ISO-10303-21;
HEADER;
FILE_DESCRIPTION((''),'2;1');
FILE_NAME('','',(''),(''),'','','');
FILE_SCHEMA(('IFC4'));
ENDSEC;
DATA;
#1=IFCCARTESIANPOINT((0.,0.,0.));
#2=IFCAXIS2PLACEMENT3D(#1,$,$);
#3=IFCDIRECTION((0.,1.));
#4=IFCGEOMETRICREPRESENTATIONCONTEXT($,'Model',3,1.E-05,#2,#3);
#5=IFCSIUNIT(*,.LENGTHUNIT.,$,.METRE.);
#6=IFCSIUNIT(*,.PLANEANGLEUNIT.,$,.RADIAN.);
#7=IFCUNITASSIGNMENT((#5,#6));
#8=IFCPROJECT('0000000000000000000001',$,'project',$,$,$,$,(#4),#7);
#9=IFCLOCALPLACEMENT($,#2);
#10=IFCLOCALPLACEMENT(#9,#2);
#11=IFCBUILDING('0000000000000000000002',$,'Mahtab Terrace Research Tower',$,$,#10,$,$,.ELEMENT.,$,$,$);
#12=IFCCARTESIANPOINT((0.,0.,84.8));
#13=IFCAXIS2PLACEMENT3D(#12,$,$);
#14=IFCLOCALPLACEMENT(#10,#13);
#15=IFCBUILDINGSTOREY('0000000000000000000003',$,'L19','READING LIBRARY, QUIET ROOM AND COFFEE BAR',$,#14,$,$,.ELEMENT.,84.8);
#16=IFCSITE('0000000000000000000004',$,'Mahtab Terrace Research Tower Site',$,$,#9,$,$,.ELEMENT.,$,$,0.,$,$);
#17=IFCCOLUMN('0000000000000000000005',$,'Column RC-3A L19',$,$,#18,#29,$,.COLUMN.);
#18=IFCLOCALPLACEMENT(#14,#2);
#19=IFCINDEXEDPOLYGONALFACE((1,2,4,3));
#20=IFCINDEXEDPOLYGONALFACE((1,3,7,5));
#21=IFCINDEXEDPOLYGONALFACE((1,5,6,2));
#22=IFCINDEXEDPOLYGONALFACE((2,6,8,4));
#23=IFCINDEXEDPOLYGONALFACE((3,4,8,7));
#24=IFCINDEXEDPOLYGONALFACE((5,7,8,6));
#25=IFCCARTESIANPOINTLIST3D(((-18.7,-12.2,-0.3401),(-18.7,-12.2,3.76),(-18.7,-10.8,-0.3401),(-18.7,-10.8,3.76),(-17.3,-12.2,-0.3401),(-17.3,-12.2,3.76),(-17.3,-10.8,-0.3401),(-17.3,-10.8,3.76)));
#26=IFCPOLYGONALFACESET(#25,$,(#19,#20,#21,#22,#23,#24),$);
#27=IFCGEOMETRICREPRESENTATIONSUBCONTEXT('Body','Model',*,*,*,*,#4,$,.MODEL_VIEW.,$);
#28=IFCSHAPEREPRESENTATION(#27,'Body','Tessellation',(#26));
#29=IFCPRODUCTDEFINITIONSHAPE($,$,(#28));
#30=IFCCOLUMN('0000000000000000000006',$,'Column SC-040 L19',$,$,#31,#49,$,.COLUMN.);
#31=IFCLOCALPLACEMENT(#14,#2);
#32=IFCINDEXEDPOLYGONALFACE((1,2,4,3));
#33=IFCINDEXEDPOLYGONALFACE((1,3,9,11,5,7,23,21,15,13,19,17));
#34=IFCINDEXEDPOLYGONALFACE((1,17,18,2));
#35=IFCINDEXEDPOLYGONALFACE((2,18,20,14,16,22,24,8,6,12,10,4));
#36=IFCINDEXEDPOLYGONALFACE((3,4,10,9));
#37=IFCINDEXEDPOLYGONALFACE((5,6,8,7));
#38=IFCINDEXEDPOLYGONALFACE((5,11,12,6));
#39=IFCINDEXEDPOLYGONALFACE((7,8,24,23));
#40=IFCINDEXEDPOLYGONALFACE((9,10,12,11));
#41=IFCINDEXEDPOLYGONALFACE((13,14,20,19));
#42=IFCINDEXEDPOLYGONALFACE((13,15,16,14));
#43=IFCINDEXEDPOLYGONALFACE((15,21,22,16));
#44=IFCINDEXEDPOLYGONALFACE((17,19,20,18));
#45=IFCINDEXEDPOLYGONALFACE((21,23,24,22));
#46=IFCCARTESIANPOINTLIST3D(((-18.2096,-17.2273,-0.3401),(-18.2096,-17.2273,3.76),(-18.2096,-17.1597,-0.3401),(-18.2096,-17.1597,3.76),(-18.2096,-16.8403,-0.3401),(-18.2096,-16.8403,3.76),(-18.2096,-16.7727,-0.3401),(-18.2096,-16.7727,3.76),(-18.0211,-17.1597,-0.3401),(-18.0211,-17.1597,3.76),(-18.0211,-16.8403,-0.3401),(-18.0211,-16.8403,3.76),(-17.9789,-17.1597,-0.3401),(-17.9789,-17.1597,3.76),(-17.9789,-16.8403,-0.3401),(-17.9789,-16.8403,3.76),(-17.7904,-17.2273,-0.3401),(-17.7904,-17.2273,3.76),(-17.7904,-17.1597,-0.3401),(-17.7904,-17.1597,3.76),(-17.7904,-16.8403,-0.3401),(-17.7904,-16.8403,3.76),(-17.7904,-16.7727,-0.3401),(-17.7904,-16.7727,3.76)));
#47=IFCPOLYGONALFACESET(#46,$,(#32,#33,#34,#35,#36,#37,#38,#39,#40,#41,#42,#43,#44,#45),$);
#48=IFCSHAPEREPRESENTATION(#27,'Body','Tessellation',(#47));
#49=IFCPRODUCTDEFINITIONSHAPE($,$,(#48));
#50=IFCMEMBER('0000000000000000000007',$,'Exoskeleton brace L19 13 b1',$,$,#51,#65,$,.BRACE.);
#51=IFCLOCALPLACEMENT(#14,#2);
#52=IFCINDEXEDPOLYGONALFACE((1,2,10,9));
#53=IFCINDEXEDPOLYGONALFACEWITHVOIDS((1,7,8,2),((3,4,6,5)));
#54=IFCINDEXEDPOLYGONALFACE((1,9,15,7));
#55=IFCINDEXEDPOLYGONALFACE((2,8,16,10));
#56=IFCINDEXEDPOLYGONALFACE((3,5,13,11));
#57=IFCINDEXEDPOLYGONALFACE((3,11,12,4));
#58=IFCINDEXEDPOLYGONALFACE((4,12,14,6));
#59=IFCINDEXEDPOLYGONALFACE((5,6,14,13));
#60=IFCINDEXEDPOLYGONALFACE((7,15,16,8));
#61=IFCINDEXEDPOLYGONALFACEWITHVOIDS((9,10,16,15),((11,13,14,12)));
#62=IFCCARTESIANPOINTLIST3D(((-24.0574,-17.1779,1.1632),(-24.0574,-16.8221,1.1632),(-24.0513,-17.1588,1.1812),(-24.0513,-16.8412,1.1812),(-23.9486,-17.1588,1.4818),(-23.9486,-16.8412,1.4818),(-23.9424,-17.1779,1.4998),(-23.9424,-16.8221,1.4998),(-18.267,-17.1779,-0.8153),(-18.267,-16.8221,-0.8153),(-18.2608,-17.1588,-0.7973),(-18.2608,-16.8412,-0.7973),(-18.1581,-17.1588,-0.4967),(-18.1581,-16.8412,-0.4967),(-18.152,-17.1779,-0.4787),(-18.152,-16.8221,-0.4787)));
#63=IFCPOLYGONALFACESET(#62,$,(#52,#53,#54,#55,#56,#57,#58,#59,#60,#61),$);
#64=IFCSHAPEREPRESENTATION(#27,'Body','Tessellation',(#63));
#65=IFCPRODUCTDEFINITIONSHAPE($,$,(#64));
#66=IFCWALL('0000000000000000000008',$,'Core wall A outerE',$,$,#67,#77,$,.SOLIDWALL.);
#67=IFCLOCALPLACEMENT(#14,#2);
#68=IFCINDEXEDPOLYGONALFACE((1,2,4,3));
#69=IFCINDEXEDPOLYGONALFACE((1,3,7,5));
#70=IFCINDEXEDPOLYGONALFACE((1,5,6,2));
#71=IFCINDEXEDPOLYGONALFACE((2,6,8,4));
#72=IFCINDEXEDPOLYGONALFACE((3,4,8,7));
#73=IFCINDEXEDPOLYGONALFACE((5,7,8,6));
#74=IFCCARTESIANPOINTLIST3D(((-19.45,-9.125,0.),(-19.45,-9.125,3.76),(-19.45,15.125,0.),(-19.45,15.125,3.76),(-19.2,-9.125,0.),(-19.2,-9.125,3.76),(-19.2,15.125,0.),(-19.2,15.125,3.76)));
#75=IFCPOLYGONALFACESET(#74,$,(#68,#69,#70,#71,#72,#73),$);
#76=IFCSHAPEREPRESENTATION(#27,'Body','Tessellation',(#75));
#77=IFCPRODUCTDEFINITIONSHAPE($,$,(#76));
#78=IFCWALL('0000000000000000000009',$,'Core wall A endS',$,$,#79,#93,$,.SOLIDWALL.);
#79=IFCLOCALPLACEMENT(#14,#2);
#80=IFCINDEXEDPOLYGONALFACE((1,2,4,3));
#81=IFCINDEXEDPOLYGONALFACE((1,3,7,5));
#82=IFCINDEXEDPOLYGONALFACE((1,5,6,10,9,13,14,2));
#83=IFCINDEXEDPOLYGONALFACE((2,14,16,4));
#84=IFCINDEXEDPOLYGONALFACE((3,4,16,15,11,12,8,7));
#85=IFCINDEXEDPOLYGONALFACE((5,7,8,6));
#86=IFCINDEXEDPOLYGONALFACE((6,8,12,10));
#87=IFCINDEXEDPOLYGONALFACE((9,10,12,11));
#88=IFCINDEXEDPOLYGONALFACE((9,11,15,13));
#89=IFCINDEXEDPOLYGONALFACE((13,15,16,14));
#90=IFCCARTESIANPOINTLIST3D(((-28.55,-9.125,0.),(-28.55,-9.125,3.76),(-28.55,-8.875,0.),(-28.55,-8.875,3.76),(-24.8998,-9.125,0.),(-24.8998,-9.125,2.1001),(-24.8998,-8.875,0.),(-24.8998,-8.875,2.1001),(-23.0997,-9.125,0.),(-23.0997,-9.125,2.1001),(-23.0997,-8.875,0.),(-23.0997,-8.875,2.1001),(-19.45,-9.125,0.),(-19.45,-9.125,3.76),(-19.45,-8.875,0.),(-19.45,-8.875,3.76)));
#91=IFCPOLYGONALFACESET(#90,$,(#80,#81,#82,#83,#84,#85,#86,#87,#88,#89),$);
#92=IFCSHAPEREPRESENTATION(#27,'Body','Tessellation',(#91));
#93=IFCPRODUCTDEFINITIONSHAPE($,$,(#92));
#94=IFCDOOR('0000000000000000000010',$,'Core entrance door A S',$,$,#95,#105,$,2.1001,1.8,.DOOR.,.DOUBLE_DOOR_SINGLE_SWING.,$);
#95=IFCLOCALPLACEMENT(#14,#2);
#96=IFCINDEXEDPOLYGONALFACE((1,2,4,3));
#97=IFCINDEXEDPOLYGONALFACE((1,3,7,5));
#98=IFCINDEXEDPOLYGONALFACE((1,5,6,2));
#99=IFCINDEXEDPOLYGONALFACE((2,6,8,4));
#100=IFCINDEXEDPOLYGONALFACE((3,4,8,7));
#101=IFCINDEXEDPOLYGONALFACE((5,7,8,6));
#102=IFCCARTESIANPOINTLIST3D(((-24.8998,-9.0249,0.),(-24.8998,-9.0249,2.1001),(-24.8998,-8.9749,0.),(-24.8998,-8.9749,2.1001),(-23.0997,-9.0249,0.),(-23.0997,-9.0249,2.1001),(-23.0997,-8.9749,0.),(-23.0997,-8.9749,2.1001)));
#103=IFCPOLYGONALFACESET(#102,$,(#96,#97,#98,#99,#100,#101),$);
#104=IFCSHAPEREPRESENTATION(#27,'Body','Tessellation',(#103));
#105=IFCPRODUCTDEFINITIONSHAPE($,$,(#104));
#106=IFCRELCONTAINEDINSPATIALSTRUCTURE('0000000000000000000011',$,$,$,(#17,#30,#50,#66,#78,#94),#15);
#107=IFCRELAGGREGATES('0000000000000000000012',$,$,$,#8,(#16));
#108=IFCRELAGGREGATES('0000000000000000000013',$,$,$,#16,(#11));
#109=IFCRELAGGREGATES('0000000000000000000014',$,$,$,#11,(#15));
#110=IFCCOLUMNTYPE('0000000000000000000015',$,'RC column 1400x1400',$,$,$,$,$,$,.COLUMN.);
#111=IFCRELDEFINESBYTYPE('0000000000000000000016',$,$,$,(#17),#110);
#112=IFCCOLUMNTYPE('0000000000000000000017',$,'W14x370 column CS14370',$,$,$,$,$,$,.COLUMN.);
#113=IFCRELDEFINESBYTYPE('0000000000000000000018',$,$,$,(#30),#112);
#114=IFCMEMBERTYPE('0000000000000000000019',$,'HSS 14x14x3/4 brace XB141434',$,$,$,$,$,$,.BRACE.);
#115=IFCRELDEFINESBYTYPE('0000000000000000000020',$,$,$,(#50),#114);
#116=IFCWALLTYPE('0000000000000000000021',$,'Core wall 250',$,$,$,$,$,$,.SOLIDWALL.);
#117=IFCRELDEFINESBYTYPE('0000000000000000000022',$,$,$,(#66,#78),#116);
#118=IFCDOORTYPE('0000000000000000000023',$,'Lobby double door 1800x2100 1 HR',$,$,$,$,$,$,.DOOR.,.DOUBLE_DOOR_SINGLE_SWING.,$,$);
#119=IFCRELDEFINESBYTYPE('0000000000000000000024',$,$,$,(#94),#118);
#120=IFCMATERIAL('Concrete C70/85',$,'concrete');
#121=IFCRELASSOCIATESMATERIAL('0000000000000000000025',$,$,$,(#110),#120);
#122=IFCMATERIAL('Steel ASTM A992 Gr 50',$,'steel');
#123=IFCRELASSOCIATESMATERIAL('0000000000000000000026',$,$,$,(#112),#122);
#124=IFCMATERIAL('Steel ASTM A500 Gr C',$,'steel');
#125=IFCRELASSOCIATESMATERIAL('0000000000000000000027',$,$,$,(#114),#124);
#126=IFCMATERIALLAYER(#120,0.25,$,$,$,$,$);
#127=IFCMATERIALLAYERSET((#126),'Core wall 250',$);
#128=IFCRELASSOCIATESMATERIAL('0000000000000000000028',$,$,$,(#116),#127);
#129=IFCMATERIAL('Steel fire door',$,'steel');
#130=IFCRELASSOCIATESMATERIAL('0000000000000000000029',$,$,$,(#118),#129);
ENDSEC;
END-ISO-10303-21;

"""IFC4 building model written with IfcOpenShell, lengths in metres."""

from ifc_helpers import new_model, si_unit, direction, frame, frame_2d, origin, origin_2d, place, context, subcontext, project, spatial, rectangle, hollow_rectangle, i_section, extrude, material, layer, layer_set, material_profile, profile_set, type_object, element, fill, save


model = new_model("IFC4")

# Units and contexts
model_context = context("Model", 3, precision=1e-05, world=origin(), true_north=direction((0.0, 1.0)))
body_context = subcontext(model_context, "Body", "Model", "MODEL_VIEW")
ifc_project = project(units=[si_unit("LENGTHUNIT", "METRE"), si_unit("PLANEANGLEUNIT", "RADIAN")], contexts=[model_context])

# Site, building, storey
site_placement = place(None, origin())
site = spatial("IfcSite", under=ifc_project, at=site_placement, Name="Mahtab Terrace Research Tower Site", CompositionType="ELEMENT", RefElevation=0.0)
building_placement = place(site_placement, origin())
building = spatial("IfcBuilding", under=site, at=building_placement, Name="Mahtab Terrace Research Tower", CompositionType="ELEMENT")
storey_placement = place(building_placement, frame((0.0, 0.0, 84.8)))
storey = spatial("IfcBuildingStorey", under=building, at=storey_placement, Name="L19", Description="READING LIBRARY, QUIET ROOM AND COFFEE BAR", CompositionType="ELEMENT", Elevation=84.8)

# Columns
ifc_material_1 = material(Name="Concrete C70/85", Category="concrete")
ifc_material_profile_1 = material_profile(ifc_material_1, rectangle(XDim=1.3999, YDim=1.3999, at=origin_2d()), Name="RC column 1400x1400")
ifc_profile_set_1 = profile_set([ifc_material_profile_1], Name="Concrete C70/85")
column_type_1 = type_object("IfcColumnType", Name="RC column 1400x1400", PredefinedType="COLUMN", material=ifc_profile_set_1)
column_1_placement = place(storey_placement, frame((-18.0, -11.5, -0.3401), z_axis=(0.0, 0.0, 1.0), x_axis=(1.0, 0.0, 0.0)))
element("IfcColumn", 1, at=column_1_placement, inside=storey, type_object=column_type_1, Name="Column RC-3A L19", PredefinedType="COLUMN", context=body_context, shape_type="SweptSolid", body=[
    extrude(rectangle(XDim=1.3999, YDim=1.3999, at=origin_2d()), origin(), (0.0, 0.0, 1.0), 4.1001),
])
ifc_material_2 = material(Name="Steel ASTM A992 Gr 50", Category="steel")
ifc_material_profile_2 = material_profile(ifc_material_2, i_section(OverallWidth=0.4192, OverallDepth=0.4546, WebThickness=0.0422, FlangeThickness=0.0676, at=origin_2d()), Name="W14X370")
ifc_profile_set_2 = profile_set([ifc_material_profile_2], Name="Steel ASTM A992 Gr 50")
column_type_2 = type_object("IfcColumnType", Name="W14x370 column CS14370", PredefinedType="COLUMN", material=ifc_profile_set_2)
column_2_placement = place(storey_placement, frame((-18.0, -17.0, -0.3401), z_axis=(0.0, 0.0, 1.0), x_axis=(1.0, 0.0, 0.0)))
element("IfcColumn", 2, at=column_2_placement, inside=storey, type_object=column_type_2, Name="Column SC-040 L19", PredefinedType="COLUMN", context=body_context, shape_type="SweptSolid", body=[
    extrude(i_section(OverallWidth=0.4192, OverallDepth=0.4546, WebThickness=0.0422, FlangeThickness=0.0676, at=origin_2d()), origin(), (0.0, 0.0, 1.0), 4.1001),
])

# Member
ifc_material_3 = material(Name="Steel ASTM A500 Gr C", Category="steel")
ifc_material_profile_3 = material_profile(ifc_material_3, hollow_rectangle(XDim=0.3557, YDim=0.3557, WallThickness=0.019, at=origin_2d()), Name="HSS14X14X3/4")
ifc_profile_set_3 = profile_set([ifc_material_profile_3], Name="Steel ASTM A500 Gr C")
member_type = type_object("IfcMemberType", Name="HSS 14x14x3/4 brace XB141434", PredefinedType="BRACE", material=ifc_profile_set_3)
member_placement = place(storey_placement, frame((-18.2095, -17.0, -0.647), z_axis=(-0.946287, 0.0, 0.323329), x_axis=(0.0, -1.0, 0.0)))
element("IfcMember", 3, at=member_placement, inside=storey, type_object=member_type, Name="Exoskeleton brace L19 13 b1", PredefinedType="BRACE", context=body_context, shape_type="SweptSolid", body=[
    extrude(hollow_rectangle(XDim=0.3557, YDim=0.3557, WallThickness=0.019, at=origin_2d()), origin(), (0.0, 0.0, 1.0), 6.1191),
])

# Wall
ifc_layer_1 = layer(ifc_material_1, 0.25)
ifc_layer_set_1 = layer_set([ifc_layer_1], Name="Core wall 250")
wall_type_1 = type_object("IfcWallType", Name="Core wall 250", PredefinedType="SOLIDWALL", material=ifc_layer_set_1)
wall_1_placement = place(storey_placement, frame((-19.325, -9.125, 0.0), z_axis=(0.0, 0.0, 1.0), x_axis=(0.0, 1.0, 0.0)))
element("IfcWall", 4, at=wall_1_placement, inside=storey, type_object=wall_type_1, Name="Core wall A outerE", PredefinedType="SOLIDWALL", context=body_context, shape_type="SweptSolid", body=[
    extrude(rectangle(XDim=24.25, YDim=0.25, at=frame_2d((12.125, 0.0))), origin(), (0.0, 0.0, 1.0), 3.76),
])

# Wall, opening, door
wall_2_placement = place(storey_placement, frame((-19.45, -9.0, 0.0), z_axis=(0.0, 0.0, 1.0), x_axis=(-1.0, 0.0, 0.0)))
wall_2 = element("IfcWall", 5, at=wall_2_placement, inside=storey, type_object=wall_type_1, Name="Core wall A endS", PredefinedType="SOLIDWALL", context=body_context, shape_type="SweptSolid", body=[
    extrude(rectangle(XDim=9.1001, YDim=0.25, at=frame_2d((4.55, 0.0))), origin(), (0.0, 0.0, 1.0), 3.76),
])
opening_1_placement = place(wall_2_placement, frame((3.6499, 0.0, 0.0)))
opening_1 = element("IfcOpeningElement", 6, at=opening_1_placement, cuts=wall_2, PredefinedType="OPENING", context=body_context, shape_type="SweptSolid", body=[
    extrude(rectangle(XDim=1.8, YDim=2.1001, at=frame_2d((0.8999, 1.05))), frame((0.0, 0.135, 0.0), z_axis=(0.0, -1.0, 0.0), x_axis=(1.0, 0.0, 0.0)), (0.0, 0.0, 1.0), 0.27),
])
ifc_material_4 = material(Name="Steel fire door", Category="steel")
door_type_1 = type_object("IfcDoorType", Name="Lobby double door 1800x2100 1 HR", OperationType="DOUBLE_DOOR_SINGLE_SWING", PredefinedType="DOOR", material=ifc_material_4)
door_1_placement = place(opening_1_placement, origin())
door_1 = element("IfcDoor", 7, at=door_1_placement, inside=storey, type_object=door_type_1, Name="Core entrance door A S", OperationType="DOUBLE_DOOR_SINGLE_SWING", OverallHeight=2.1001, OverallWidth=1.8, PredefinedType="DOOR", context=body_context, shape_type="SweptSolid", body=[
    extrude(rectangle(XDim=1.8, YDim=2.1001, at=frame_2d((0.8999, 1.05))), frame((0.0, 0.0249, 0.0), z_axis=(0.0, -1.0, 0.0), x_axis=(1.0, 0.0, 0.0)), (0.0, 0.0, 1.0), 0.05),
])
fill(opening_1, door_1)

save(model, "model.ifc")
